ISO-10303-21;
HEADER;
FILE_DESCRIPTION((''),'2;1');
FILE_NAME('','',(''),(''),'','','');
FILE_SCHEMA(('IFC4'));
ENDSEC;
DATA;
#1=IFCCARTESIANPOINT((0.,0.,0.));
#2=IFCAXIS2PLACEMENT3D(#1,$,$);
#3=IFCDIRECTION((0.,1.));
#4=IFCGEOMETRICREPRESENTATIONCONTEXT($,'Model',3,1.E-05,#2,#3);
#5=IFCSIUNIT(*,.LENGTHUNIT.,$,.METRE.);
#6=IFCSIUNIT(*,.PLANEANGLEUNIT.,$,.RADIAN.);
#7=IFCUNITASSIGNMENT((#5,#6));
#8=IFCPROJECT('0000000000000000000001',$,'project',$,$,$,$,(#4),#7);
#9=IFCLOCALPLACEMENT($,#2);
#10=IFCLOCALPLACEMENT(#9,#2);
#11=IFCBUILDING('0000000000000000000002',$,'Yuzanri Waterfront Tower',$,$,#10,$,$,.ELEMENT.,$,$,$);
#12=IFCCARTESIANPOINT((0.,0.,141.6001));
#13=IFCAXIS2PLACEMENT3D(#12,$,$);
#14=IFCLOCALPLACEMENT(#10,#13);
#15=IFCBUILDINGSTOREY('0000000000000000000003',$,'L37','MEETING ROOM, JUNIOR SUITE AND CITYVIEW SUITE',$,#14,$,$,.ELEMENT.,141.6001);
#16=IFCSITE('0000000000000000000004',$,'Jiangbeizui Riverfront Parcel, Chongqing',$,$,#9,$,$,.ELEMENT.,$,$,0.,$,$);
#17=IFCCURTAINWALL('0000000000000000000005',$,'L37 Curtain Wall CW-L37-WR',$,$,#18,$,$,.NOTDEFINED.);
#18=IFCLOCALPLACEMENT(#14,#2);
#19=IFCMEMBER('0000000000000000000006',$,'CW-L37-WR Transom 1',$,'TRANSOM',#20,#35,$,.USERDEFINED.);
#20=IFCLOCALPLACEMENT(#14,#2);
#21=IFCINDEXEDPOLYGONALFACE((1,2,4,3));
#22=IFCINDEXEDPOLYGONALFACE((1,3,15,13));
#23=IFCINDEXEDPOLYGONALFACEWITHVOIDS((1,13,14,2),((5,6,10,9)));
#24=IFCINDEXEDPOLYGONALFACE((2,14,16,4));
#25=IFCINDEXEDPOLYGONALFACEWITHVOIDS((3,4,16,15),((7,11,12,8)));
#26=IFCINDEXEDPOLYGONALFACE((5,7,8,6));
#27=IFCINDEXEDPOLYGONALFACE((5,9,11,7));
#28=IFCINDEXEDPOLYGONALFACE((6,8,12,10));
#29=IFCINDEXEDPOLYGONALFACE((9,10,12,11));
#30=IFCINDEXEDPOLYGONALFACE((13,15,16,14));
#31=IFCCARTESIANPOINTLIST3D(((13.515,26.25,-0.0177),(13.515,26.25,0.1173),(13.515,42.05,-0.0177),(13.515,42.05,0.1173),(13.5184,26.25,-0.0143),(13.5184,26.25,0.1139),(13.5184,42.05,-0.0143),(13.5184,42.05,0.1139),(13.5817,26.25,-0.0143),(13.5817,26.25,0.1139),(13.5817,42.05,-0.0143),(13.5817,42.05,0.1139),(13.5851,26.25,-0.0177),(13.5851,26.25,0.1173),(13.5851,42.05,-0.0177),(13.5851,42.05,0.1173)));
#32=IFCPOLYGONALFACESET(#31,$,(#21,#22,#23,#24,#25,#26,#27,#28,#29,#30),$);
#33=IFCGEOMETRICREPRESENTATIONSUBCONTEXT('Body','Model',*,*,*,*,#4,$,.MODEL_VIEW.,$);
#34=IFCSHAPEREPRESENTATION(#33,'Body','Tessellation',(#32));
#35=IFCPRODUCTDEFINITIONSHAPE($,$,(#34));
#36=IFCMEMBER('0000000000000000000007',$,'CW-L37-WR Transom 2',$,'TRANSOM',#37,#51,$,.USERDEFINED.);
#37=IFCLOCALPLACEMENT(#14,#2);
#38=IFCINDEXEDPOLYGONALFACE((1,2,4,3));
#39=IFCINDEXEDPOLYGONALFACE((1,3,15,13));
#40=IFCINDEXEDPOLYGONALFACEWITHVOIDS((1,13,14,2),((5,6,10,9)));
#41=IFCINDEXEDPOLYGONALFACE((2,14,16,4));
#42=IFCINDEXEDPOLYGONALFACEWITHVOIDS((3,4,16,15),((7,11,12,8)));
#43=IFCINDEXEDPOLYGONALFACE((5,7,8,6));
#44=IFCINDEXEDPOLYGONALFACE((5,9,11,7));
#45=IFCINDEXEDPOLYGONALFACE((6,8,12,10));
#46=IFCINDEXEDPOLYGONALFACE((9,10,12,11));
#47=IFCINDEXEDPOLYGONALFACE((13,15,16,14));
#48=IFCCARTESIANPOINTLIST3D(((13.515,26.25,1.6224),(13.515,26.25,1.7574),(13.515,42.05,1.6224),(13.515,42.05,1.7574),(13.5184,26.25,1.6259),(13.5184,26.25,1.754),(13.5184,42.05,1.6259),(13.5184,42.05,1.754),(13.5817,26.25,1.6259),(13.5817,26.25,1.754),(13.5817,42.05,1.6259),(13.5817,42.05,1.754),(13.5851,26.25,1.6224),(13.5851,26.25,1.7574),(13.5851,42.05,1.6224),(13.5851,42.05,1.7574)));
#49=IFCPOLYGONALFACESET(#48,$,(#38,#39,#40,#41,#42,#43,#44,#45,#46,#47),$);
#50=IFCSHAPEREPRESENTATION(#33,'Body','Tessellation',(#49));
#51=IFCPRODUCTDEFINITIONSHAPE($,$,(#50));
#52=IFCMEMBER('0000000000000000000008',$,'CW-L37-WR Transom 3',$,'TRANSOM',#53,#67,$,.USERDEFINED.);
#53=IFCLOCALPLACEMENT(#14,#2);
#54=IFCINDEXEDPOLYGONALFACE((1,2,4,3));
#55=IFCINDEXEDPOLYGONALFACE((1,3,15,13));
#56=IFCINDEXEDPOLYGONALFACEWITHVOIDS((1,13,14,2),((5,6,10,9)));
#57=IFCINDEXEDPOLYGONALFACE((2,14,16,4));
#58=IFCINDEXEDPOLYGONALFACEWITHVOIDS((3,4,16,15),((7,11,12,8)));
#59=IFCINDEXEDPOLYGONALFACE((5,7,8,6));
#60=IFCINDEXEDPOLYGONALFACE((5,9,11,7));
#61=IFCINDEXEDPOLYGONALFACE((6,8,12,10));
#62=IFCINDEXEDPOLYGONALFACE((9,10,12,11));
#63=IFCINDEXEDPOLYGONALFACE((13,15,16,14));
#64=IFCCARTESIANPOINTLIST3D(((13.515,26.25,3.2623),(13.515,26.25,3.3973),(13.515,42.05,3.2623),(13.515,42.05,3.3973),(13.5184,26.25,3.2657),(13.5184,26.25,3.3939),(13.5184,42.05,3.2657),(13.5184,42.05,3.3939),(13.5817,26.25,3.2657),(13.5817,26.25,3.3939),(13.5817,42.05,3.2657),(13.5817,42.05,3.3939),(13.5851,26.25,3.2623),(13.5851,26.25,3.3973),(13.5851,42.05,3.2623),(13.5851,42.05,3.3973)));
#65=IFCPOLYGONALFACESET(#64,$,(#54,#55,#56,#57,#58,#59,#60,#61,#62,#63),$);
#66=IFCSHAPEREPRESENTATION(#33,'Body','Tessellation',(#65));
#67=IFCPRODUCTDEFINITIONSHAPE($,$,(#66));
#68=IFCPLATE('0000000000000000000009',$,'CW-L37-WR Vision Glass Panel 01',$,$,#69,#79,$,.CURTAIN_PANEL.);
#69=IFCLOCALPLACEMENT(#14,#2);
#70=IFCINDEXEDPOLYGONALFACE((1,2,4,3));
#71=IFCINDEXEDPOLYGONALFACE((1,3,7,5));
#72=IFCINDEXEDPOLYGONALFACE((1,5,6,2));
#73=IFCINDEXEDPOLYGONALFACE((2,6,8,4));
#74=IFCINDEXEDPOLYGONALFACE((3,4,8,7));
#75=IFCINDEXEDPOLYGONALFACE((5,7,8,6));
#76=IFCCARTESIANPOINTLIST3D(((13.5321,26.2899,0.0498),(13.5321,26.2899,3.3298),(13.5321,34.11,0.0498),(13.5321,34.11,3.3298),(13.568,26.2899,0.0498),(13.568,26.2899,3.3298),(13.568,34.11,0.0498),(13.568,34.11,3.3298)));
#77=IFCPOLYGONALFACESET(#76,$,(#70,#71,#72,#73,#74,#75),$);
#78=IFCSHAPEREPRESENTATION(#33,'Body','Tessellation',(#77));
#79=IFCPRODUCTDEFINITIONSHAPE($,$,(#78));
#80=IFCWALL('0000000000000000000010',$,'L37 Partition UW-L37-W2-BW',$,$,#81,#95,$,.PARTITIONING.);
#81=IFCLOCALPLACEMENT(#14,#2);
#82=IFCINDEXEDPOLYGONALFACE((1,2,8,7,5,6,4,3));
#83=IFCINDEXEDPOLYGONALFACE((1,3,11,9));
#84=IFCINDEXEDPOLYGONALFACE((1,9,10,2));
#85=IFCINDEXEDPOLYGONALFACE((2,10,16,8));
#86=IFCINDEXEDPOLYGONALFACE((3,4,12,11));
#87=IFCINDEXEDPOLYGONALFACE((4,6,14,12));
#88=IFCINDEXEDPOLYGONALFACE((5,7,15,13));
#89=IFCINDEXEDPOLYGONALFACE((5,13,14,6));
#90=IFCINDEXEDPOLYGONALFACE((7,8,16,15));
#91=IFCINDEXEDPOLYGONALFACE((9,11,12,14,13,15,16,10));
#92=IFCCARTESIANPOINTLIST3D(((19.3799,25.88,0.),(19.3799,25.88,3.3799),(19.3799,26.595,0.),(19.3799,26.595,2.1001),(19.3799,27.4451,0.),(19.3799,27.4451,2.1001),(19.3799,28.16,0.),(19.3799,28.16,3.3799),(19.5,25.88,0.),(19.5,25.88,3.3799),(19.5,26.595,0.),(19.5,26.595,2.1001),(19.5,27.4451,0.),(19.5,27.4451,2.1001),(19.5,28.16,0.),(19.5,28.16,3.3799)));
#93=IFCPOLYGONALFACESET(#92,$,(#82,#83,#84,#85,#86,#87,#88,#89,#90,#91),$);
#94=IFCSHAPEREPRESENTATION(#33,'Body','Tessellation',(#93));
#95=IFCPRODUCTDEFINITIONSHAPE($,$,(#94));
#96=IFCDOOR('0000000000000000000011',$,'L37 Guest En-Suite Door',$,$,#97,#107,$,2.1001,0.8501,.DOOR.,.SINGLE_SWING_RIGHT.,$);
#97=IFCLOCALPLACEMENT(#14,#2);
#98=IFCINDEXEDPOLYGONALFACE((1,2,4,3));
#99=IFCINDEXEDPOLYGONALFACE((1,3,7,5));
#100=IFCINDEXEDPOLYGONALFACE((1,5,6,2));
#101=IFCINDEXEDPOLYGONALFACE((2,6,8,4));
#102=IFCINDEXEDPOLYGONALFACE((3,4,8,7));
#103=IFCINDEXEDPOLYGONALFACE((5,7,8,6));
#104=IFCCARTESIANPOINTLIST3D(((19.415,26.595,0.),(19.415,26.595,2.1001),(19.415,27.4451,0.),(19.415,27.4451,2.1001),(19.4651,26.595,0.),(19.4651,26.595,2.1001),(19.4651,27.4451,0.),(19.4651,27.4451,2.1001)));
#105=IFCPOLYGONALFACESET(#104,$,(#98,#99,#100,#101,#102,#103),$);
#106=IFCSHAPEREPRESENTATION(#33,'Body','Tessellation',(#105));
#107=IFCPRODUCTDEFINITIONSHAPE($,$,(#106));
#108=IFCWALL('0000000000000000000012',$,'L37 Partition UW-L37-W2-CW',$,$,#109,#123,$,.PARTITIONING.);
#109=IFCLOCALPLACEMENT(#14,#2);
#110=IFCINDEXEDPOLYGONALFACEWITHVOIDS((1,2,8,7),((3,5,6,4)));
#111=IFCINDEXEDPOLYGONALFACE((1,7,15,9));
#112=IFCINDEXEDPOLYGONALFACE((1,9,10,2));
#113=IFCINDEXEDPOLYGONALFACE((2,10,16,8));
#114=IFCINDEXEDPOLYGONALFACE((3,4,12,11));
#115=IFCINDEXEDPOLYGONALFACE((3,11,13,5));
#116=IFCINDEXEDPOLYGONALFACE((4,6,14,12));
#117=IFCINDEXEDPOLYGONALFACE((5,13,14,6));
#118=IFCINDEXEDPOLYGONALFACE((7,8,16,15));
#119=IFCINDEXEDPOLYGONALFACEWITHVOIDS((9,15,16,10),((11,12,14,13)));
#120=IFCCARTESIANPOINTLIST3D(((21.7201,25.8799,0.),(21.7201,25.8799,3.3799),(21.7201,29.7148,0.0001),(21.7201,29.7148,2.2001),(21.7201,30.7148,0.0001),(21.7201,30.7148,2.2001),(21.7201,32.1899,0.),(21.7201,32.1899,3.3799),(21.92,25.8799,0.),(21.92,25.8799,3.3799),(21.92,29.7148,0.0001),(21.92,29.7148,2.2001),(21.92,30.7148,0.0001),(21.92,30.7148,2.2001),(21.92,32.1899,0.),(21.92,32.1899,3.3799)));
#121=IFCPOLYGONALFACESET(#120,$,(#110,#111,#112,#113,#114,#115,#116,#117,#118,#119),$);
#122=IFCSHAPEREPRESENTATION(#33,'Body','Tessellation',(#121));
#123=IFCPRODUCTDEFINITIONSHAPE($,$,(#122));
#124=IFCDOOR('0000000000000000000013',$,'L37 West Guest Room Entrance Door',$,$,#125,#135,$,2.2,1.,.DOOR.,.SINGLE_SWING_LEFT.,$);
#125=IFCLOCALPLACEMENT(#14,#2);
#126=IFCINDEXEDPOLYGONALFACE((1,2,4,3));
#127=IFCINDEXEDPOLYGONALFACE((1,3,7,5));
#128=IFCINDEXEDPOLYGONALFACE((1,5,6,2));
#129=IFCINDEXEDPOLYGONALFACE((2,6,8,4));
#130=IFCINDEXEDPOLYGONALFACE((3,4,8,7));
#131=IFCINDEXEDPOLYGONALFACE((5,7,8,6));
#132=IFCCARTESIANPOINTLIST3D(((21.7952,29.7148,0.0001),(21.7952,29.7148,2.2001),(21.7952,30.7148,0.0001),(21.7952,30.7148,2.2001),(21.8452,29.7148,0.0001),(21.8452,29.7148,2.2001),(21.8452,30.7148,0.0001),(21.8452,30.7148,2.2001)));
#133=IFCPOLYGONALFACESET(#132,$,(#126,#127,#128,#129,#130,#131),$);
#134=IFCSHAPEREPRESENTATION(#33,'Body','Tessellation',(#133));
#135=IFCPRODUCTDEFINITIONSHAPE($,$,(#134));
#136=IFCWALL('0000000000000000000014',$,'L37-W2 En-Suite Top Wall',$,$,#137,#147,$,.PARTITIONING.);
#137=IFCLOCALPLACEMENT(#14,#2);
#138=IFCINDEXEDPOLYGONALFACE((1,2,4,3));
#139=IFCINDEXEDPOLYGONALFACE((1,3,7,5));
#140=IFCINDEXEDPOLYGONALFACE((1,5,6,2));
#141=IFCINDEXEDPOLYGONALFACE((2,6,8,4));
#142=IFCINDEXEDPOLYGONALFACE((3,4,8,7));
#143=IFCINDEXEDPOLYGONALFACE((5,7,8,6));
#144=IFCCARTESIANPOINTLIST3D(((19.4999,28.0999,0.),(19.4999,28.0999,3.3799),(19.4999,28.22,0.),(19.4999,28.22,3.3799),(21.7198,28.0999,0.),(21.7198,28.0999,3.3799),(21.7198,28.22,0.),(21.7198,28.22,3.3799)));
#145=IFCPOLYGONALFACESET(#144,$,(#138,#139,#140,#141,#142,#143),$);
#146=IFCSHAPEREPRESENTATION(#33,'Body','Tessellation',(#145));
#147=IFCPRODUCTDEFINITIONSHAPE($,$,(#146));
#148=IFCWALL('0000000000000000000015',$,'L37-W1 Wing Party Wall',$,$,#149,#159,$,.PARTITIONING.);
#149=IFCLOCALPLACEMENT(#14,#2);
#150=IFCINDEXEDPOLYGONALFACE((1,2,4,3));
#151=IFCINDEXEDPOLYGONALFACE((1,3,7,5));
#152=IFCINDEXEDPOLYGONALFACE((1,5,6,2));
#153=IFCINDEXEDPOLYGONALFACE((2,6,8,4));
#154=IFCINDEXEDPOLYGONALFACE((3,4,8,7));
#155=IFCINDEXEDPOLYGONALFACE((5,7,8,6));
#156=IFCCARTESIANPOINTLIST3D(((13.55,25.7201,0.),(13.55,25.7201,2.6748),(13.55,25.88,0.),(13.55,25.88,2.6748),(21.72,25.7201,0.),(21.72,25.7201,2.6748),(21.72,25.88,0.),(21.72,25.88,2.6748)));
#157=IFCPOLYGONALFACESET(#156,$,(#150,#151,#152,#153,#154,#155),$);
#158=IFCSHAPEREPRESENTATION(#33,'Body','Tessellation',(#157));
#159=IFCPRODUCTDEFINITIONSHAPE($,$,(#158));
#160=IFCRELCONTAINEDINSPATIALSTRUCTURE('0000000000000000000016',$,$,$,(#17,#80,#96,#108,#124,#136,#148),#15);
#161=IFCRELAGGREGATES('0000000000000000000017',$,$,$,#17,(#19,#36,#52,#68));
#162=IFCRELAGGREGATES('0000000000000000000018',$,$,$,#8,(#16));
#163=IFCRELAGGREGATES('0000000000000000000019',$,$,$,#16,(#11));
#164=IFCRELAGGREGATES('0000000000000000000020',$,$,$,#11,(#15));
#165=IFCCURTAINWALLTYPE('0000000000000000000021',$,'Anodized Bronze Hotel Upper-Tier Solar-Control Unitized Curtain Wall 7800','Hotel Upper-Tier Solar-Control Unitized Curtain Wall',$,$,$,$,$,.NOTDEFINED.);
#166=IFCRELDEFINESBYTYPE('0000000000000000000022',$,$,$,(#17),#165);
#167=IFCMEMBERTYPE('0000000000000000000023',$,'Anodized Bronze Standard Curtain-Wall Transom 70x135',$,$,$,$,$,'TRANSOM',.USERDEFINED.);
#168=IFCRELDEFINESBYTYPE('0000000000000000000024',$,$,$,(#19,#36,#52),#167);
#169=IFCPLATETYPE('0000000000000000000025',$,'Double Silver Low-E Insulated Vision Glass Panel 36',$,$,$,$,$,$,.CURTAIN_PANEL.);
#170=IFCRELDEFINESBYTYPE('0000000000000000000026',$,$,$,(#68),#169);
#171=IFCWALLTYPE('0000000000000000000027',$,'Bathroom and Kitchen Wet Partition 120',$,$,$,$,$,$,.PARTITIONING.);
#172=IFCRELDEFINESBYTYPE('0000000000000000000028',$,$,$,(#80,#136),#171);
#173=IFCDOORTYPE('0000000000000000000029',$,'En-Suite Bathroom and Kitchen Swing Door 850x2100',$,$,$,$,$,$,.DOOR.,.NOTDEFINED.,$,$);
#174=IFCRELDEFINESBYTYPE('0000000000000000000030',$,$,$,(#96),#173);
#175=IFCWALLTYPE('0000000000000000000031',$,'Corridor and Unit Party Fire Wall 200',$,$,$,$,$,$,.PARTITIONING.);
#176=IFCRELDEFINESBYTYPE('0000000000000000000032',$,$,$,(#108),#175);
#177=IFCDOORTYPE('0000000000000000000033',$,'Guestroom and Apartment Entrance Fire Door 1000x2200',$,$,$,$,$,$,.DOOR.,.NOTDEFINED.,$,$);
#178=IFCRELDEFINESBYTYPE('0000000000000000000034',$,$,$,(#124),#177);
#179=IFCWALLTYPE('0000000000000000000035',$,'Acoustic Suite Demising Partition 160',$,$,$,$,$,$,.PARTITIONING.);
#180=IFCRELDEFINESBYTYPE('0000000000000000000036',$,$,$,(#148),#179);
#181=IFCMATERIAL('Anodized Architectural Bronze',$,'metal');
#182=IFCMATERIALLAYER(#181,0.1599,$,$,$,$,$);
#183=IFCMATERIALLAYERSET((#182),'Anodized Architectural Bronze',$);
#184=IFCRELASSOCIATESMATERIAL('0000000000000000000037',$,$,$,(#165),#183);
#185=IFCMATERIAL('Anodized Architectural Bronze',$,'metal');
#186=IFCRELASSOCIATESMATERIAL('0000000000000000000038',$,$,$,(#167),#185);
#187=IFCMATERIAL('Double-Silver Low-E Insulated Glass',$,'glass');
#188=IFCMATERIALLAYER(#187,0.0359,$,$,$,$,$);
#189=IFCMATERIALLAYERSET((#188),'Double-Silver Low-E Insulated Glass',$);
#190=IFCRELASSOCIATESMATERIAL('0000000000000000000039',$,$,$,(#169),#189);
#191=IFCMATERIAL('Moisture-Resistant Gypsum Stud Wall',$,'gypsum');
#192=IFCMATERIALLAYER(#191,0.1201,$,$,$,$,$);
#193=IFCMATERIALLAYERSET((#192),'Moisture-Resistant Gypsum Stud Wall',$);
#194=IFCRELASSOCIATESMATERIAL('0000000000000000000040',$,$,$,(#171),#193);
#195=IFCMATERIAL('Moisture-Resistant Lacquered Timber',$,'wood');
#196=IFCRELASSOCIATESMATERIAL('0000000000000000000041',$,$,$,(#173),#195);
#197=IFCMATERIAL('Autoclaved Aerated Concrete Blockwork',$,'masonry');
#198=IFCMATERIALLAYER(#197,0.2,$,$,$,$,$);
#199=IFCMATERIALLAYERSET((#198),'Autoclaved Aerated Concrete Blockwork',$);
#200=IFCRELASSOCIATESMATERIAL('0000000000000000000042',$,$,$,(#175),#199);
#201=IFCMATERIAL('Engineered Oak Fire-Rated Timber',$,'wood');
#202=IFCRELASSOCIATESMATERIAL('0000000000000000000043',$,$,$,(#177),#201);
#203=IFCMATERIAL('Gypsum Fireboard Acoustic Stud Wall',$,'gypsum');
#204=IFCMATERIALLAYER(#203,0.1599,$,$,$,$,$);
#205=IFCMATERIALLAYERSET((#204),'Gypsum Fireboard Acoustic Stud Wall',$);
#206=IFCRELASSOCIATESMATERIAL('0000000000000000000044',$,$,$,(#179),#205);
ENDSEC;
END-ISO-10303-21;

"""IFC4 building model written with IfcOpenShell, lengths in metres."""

from ifc_helpers import new_model, si_unit, direction, frame, frame_2d, origin, origin_2d, place, context, subcontext, project, spatial, rectangle, hollow_rectangle, extrude, source, transform, mapped, material, layer, layer_set, material_profile, profile_set, type_object, element, fill, aggregate, save


model = new_model("IFC4")

# Units and contexts
model_context = context("Model", 3, precision=1e-05, world=origin(), true_north=direction((0.0, 1.0)))
body_context = subcontext(model_context, "Body", "Model", "MODEL_VIEW")
ifc_project = project(units=[si_unit("LENGTHUNIT", "METRE"), si_unit("PLANEANGLEUNIT", "RADIAN")], contexts=[model_context])

# Site, building, storey
site_placement = place(None, origin())
site = spatial("IfcSite", under=ifc_project, at=site_placement, Name="Jiangbeizui Riverfront Parcel, Chongqing", CompositionType="ELEMENT", RefElevation=0.0)
building_placement = place(site_placement, origin())
building = spatial("IfcBuilding", under=site, at=building_placement, Name="Yuzanri Waterfront Tower", CompositionType="ELEMENT")
storey_placement = place(building_placement, frame((0.0, 0.0, 141.6001)))
storey = spatial("IfcBuildingStorey", under=building, at=storey_placement, Name="L37", Description="MEETING ROOM, JUNIOR SUITE AND CITYVIEW SUITE", CompositionType="ELEMENT", Elevation=141.6001)

# Shared definitions
ifc_material_1 = material(Name="Anodized Architectural Bronze", Category="metal")
ifc_layer_1 = layer(ifc_material_1, 0.1599)
ifc_layer_set_1 = layer_set([ifc_layer_1], Name="Anodized Architectural Bronze")
curtain_wall_type = type_object("IfcCurtainWallType", Name="Anodized Bronze Hotel Upper-Tier Solar-Control Unitized Curtain Wall 7800", Description="Hotel Upper-Tier Solar-Control Unitized Curtain Wall", PredefinedType="NOTDEFINED", material=ifc_layer_set_1)

# Curtain wall, members, plate
curtain_wall_1_placement = place(storey_placement, origin())
curtain_wall_1 = element("IfcCurtainWall", 1, at=curtain_wall_1_placement, inside=storey, type_object=curtain_wall_type, Name="L37 Curtain Wall CW-L37-WR", PredefinedType="NOTDEFINED")
ifc_material_2 = material(Name="Anodized Architectural Bronze", Category="metal")
ifc_material_profile_1 = material_profile(ifc_material_2, hollow_rectangle(XDim=0.0701, YDim=0.135, WallThickness=0.0034, at=origin_2d()), Name="CWT 70x135")
ifc_profile_set_1 = profile_set([ifc_material_profile_1], Name="Anodized Architectural Bronze")
member_type_1 = type_object("IfcMemberType", Name="Anodized Bronze Standard Curtain-Wall Transom 70x135", ElementType="TRANSOM", PredefinedType="USERDEFINED", material=ifc_profile_set_1)
shared_shape_1 = source(origin(), body_context, "Body", "SweptSolid", [
    extrude(hollow_rectangle(XDim=0.0701, YDim=0.135, WallThickness=0.0034, at=origin_2d()), origin(), (0.0, 0.0, 1.0), 15.8),
])
member_1_placement = place(storey_placement, frame((13.55, 26.25, 0.0498), z_axis=(0.0, 1.0, 0.0), x_axis=(-1.0, 0.0, 0.0)))
member_1 = element("IfcMember", 2, at=member_1_placement, type_object=member_type_1, Name="CW-L37-WR Transom 1", ObjectType="TRANSOM", PredefinedType="USERDEFINED", context=body_context, shape_type="MappedRepresentation", body=[
    mapped(shared_shape_1, transform((0.0, 0.0, 0.0), scale=1.0)),
])
member_2_placement = place(storey_placement, frame((13.55, 26.25, 1.6899), z_axis=(0.0, 1.0, 0.0), x_axis=(-1.0, 0.0, 0.0)))
member_2 = element("IfcMember", 3, at=member_2_placement, type_object=member_type_1, Name="CW-L37-WR Transom 2", ObjectType="TRANSOM", PredefinedType="USERDEFINED", context=body_context, shape_type="MappedRepresentation", body=[
    mapped(shared_shape_1, transform((0.0, 0.0, 0.0), scale=1.0)),
])
member_3_placement = place(storey_placement, frame((13.55, 26.25, 3.3298), z_axis=(0.0, 1.0, 0.0), x_axis=(-1.0, 0.0, 0.0)))
member_3 = element("IfcMember", 4, at=member_3_placement, type_object=member_type_1, Name="CW-L37-WR Transom 3", ObjectType="TRANSOM", PredefinedType="USERDEFINED", context=body_context, shape_type="MappedRepresentation", body=[
    mapped(shared_shape_1, transform((0.0, 0.0, 0.0), scale=1.0)),
])
ifc_material_3 = material(Name="Double-Silver Low-E Insulated Glass", Category="glass")
ifc_layer_2 = layer(ifc_material_3, 0.0359)
ifc_layer_set_2 = layer_set([ifc_layer_2], Name="Double-Silver Low-E Insulated Glass")
plate_type = type_object("IfcPlateType", Name="Double Silver Low-E Insulated Vision Glass Panel 36", PredefinedType="CURTAIN_PANEL", material=ifc_layer_set_2)
shared_shape_2 = source(origin(), body_context, "Body", "SweptSolid", [
    extrude(rectangle(XDim=7.8201, YDim=0.0359, at=origin_2d()), origin(), (0.0, 0.0, 1.0), 3.28),
])
plate_placement = place(storey_placement, frame((13.55, 30.2, 0.0498), z_axis=(0.0, 0.0, 1.0), x_axis=(0.0, 1.0, 0.0)))
plate = element("IfcPlate", 5, at=plate_placement, type_object=plate_type, Name="CW-L37-WR Vision Glass Panel 01", PredefinedType="CURTAIN_PANEL", context=body_context, shape_type="MappedRepresentation", body=[
    mapped(shared_shape_2, transform((0.0, 0.0, 0.0), scale=1.0)),
])
aggregate(curtain_wall_1, [member_1, member_2, member_3, plate])

# Wall, opening, door
ifc_material_4 = material(Name="Moisture-Resistant Gypsum Stud Wall", Category="gypsum")
ifc_layer_3 = layer(ifc_material_4, 0.1201)
ifc_layer_set_3 = layer_set([ifc_layer_3], Name="Moisture-Resistant Gypsum Stud Wall")
wall_type_1 = type_object("IfcWallType", Name="Bathroom and Kitchen Wet Partition 120", PredefinedType="PARTITIONING", material=ifc_layer_set_3)
wall_1_placement = place(storey_placement, frame((19.4399, 25.8799, 0.0), z_axis=(0.0, 0.0, 1.0), x_axis=(0.0, 1.0, 0.0)))
wall_1 = element("IfcWall", 6, at=wall_1_placement, inside=storey, type_object=wall_type_1, Name="L37 Partition UW-L37-W2-BW", PredefinedType="PARTITIONING", context=body_context, shape_type="SweptSolid", body=[
    extrude(rectangle(XDim=2.28, YDim=0.1201, at=frame_2d((1.1401, 0.0))), origin(), (0.0, 0.0, 1.0), 3.3799),
])
opening_1_placement = place(wall_1_placement, frame((0.7151, 0.0, 0.0)))
opening_1 = element("IfcOpeningElement", 7, at=opening_1_placement, cuts=wall_1, PredefinedType="OPENING", context=body_context, shape_type="SweptSolid", body=[
    extrude(rectangle(XDim=0.8501, YDim=2.1001, at=frame_2d((0.425, 1.05))), frame((0.0, 0.075, 0.0), z_axis=(0.0, -1.0, 0.0), x_axis=(1.0, 0.0, 0.0)), (0.0, 0.0, 1.0), 0.1499),
])
ifc_material_5 = material(Name="Moisture-Resistant Lacquered Timber", Category="wood")
door_type_1 = type_object("IfcDoorType", Name="En-Suite Bathroom and Kitchen Swing Door 850x2100", OperationType="NOTDEFINED", PredefinedType="DOOR", material=ifc_material_5)
shared_shape_3 = source(origin(), body_context, "Body", "SweptSolid", [
    extrude(rectangle(XDim=0.8501, YDim=2.1001, at=frame_2d((0.425, 1.05))), frame((0.0, 0.0249, 0.0), z_axis=(0.0, -1.0, 0.0), x_axis=(1.0, 0.0, 0.0)), (0.0, 0.0, 1.0), 0.05),
])
door_1_placement = place(opening_1_placement, origin())
door_1 = element("IfcDoor", 8, at=door_1_placement, inside=storey, type_object=door_type_1, Name="L37 Guest En-Suite Door", OperationType="SINGLE_SWING_RIGHT", OverallHeight=2.1001, OverallWidth=0.8501, PredefinedType="DOOR", context=body_context, shape_type="MappedRepresentation", body=[
    mapped(shared_shape_3, transform((0.0, 0.0, 0.0), scale=1.0)),
])
fill(opening_1, door_1)

# Wall, opening, door
ifc_material_6 = material(Name="Autoclaved Aerated Concrete Blockwork", Category="masonry")
ifc_layer_4 = layer(ifc_material_6, 0.2)
ifc_layer_set_4 = layer_set([ifc_layer_4], Name="Autoclaved Aerated Concrete Blockwork")
wall_type_2 = type_object("IfcWallType", Name="Corridor and Unit Party Fire Wall 200", PredefinedType="PARTITIONING", material=ifc_layer_set_4)
wall_2_placement = place(storey_placement, frame((21.8201, 25.8799, 0.0), z_axis=(0.0, 0.0, 1.0), x_axis=(0.0, 1.0, 0.0)))
wall_2 = element("IfcWall", 9, at=wall_2_placement, inside=storey, type_object=wall_type_2, Name="L37 Partition UW-L37-W2-CW", PredefinedType="PARTITIONING", context=body_context, shape_type="SweptSolid", body=[
    extrude(rectangle(XDim=6.3101, YDim=0.2, at=frame_2d((3.155, 0.0))), origin(), (0.0, 0.0, 1.0), 3.3799),
])
opening_2_placement = place(wall_2_placement, frame((3.835, 0.0, 0.0)))
opening_2 = element("IfcOpeningElement", 10, at=opening_2_placement, cuts=wall_2, PredefinedType="OPENING", context=body_context, shape_type="SweptSolid", body=[
    extrude(rectangle(XDim=1.0, YDim=2.2, at=frame_2d((0.5, 1.1001))), frame((0.0, 0.1147, 0.0), z_axis=(0.0, -1.0, 0.0), x_axis=(1.0, 0.0, 0.0)), (0.0, 0.0, 1.0), 0.2297),
])
ifc_material_7 = material(Name="Engineered Oak Fire-Rated Timber", Category="wood")
door_type_2 = type_object("IfcDoorType", Name="Guestroom and Apartment Entrance Fire Door 1000x2200", OperationType="NOTDEFINED", PredefinedType="DOOR", material=ifc_material_7)
shared_shape_4 = source(origin(), body_context, "Body", "SweptSolid", [
    extrude(rectangle(XDim=1.0, YDim=2.2, at=frame_2d((0.5, 1.1001))), frame((0.0, 0.0249, 0.0), z_axis=(0.0, -1.0, 0.0), x_axis=(1.0, 0.0, 0.0)), (0.0, 0.0, 1.0), 0.05),
])
door_2_placement = place(opening_2_placement, origin())
door_2 = element("IfcDoor", 11, at=door_2_placement, inside=storey, type_object=door_type_2, Name="L37 West Guest Room Entrance Door", OperationType="SINGLE_SWING_LEFT", OverallHeight=2.2, OverallWidth=1.0, PredefinedType="DOOR", context=body_context, shape_type="MappedRepresentation", body=[
    mapped(shared_shape_4, transform((0.0, 0.0, 0.0), scale=1.0)),
])
fill(opening_2, door_2)

# Walls
shared_shape_5 = source(origin(), body_context, "Body", "SweptSolid", [
    extrude(rectangle(XDim=2.22, YDim=0.1201, at=frame_2d((1.1099, 0.0))), origin(), (0.0, 0.0, 1.0), 3.3799),
])
wall_3_placement = place(storey_placement, frame((19.5, 28.1599, 0.0), z_axis=(0.0, 0.0, 1.0), x_axis=(1.0, 0.0, 0.0)))
element("IfcWall", 12, at=wall_3_placement, inside=storey, type_object=wall_type_1, Name="L37-W2 En-Suite Top Wall", PredefinedType="PARTITIONING", context=body_context, shape_type="MappedRepresentation", body=[
    mapped(shared_shape_5, transform((0.0, 0.0, 0.0), scale=1.0)),
])
ifc_material_8 = material(Name="Gypsum Fireboard Acoustic Stud Wall", Category="gypsum")
ifc_layer_5 = layer(ifc_material_8, 0.1599)
ifc_layer_set_5 = layer_set([ifc_layer_5], Name="Gypsum Fireboard Acoustic Stud Wall")
wall_type_3 = type_object("IfcWallType", Name="Acoustic Suite Demising Partition 160", PredefinedType="PARTITIONING", material=ifc_layer_set_5)
shared_shape_6 = source(origin(), body_context, "Body", "SweptSolid", [
    extrude(rectangle(XDim=8.1699, YDim=0.1599, at=frame_2d((4.085, 0.0))), origin(), (0.0, 0.0, 1.0), 2.6748),
])
wall_4_placement = place(storey_placement, frame((13.55, 25.8, 0.0), z_axis=(0.0, 0.0, 1.0), x_axis=(1.0, 0.0, 0.0)))
element("IfcWall", 13, at=wall_4_placement, inside=storey, type_object=wall_type_3, Name="L37-W1 Wing Party Wall", PredefinedType="PARTITIONING", context=body_context, shape_type="MappedRepresentation", body=[
    mapped(shared_shape_6, transform((0.0, 0.0, 0.0), scale=1.0)),
])

save(model, "model.ifc")
